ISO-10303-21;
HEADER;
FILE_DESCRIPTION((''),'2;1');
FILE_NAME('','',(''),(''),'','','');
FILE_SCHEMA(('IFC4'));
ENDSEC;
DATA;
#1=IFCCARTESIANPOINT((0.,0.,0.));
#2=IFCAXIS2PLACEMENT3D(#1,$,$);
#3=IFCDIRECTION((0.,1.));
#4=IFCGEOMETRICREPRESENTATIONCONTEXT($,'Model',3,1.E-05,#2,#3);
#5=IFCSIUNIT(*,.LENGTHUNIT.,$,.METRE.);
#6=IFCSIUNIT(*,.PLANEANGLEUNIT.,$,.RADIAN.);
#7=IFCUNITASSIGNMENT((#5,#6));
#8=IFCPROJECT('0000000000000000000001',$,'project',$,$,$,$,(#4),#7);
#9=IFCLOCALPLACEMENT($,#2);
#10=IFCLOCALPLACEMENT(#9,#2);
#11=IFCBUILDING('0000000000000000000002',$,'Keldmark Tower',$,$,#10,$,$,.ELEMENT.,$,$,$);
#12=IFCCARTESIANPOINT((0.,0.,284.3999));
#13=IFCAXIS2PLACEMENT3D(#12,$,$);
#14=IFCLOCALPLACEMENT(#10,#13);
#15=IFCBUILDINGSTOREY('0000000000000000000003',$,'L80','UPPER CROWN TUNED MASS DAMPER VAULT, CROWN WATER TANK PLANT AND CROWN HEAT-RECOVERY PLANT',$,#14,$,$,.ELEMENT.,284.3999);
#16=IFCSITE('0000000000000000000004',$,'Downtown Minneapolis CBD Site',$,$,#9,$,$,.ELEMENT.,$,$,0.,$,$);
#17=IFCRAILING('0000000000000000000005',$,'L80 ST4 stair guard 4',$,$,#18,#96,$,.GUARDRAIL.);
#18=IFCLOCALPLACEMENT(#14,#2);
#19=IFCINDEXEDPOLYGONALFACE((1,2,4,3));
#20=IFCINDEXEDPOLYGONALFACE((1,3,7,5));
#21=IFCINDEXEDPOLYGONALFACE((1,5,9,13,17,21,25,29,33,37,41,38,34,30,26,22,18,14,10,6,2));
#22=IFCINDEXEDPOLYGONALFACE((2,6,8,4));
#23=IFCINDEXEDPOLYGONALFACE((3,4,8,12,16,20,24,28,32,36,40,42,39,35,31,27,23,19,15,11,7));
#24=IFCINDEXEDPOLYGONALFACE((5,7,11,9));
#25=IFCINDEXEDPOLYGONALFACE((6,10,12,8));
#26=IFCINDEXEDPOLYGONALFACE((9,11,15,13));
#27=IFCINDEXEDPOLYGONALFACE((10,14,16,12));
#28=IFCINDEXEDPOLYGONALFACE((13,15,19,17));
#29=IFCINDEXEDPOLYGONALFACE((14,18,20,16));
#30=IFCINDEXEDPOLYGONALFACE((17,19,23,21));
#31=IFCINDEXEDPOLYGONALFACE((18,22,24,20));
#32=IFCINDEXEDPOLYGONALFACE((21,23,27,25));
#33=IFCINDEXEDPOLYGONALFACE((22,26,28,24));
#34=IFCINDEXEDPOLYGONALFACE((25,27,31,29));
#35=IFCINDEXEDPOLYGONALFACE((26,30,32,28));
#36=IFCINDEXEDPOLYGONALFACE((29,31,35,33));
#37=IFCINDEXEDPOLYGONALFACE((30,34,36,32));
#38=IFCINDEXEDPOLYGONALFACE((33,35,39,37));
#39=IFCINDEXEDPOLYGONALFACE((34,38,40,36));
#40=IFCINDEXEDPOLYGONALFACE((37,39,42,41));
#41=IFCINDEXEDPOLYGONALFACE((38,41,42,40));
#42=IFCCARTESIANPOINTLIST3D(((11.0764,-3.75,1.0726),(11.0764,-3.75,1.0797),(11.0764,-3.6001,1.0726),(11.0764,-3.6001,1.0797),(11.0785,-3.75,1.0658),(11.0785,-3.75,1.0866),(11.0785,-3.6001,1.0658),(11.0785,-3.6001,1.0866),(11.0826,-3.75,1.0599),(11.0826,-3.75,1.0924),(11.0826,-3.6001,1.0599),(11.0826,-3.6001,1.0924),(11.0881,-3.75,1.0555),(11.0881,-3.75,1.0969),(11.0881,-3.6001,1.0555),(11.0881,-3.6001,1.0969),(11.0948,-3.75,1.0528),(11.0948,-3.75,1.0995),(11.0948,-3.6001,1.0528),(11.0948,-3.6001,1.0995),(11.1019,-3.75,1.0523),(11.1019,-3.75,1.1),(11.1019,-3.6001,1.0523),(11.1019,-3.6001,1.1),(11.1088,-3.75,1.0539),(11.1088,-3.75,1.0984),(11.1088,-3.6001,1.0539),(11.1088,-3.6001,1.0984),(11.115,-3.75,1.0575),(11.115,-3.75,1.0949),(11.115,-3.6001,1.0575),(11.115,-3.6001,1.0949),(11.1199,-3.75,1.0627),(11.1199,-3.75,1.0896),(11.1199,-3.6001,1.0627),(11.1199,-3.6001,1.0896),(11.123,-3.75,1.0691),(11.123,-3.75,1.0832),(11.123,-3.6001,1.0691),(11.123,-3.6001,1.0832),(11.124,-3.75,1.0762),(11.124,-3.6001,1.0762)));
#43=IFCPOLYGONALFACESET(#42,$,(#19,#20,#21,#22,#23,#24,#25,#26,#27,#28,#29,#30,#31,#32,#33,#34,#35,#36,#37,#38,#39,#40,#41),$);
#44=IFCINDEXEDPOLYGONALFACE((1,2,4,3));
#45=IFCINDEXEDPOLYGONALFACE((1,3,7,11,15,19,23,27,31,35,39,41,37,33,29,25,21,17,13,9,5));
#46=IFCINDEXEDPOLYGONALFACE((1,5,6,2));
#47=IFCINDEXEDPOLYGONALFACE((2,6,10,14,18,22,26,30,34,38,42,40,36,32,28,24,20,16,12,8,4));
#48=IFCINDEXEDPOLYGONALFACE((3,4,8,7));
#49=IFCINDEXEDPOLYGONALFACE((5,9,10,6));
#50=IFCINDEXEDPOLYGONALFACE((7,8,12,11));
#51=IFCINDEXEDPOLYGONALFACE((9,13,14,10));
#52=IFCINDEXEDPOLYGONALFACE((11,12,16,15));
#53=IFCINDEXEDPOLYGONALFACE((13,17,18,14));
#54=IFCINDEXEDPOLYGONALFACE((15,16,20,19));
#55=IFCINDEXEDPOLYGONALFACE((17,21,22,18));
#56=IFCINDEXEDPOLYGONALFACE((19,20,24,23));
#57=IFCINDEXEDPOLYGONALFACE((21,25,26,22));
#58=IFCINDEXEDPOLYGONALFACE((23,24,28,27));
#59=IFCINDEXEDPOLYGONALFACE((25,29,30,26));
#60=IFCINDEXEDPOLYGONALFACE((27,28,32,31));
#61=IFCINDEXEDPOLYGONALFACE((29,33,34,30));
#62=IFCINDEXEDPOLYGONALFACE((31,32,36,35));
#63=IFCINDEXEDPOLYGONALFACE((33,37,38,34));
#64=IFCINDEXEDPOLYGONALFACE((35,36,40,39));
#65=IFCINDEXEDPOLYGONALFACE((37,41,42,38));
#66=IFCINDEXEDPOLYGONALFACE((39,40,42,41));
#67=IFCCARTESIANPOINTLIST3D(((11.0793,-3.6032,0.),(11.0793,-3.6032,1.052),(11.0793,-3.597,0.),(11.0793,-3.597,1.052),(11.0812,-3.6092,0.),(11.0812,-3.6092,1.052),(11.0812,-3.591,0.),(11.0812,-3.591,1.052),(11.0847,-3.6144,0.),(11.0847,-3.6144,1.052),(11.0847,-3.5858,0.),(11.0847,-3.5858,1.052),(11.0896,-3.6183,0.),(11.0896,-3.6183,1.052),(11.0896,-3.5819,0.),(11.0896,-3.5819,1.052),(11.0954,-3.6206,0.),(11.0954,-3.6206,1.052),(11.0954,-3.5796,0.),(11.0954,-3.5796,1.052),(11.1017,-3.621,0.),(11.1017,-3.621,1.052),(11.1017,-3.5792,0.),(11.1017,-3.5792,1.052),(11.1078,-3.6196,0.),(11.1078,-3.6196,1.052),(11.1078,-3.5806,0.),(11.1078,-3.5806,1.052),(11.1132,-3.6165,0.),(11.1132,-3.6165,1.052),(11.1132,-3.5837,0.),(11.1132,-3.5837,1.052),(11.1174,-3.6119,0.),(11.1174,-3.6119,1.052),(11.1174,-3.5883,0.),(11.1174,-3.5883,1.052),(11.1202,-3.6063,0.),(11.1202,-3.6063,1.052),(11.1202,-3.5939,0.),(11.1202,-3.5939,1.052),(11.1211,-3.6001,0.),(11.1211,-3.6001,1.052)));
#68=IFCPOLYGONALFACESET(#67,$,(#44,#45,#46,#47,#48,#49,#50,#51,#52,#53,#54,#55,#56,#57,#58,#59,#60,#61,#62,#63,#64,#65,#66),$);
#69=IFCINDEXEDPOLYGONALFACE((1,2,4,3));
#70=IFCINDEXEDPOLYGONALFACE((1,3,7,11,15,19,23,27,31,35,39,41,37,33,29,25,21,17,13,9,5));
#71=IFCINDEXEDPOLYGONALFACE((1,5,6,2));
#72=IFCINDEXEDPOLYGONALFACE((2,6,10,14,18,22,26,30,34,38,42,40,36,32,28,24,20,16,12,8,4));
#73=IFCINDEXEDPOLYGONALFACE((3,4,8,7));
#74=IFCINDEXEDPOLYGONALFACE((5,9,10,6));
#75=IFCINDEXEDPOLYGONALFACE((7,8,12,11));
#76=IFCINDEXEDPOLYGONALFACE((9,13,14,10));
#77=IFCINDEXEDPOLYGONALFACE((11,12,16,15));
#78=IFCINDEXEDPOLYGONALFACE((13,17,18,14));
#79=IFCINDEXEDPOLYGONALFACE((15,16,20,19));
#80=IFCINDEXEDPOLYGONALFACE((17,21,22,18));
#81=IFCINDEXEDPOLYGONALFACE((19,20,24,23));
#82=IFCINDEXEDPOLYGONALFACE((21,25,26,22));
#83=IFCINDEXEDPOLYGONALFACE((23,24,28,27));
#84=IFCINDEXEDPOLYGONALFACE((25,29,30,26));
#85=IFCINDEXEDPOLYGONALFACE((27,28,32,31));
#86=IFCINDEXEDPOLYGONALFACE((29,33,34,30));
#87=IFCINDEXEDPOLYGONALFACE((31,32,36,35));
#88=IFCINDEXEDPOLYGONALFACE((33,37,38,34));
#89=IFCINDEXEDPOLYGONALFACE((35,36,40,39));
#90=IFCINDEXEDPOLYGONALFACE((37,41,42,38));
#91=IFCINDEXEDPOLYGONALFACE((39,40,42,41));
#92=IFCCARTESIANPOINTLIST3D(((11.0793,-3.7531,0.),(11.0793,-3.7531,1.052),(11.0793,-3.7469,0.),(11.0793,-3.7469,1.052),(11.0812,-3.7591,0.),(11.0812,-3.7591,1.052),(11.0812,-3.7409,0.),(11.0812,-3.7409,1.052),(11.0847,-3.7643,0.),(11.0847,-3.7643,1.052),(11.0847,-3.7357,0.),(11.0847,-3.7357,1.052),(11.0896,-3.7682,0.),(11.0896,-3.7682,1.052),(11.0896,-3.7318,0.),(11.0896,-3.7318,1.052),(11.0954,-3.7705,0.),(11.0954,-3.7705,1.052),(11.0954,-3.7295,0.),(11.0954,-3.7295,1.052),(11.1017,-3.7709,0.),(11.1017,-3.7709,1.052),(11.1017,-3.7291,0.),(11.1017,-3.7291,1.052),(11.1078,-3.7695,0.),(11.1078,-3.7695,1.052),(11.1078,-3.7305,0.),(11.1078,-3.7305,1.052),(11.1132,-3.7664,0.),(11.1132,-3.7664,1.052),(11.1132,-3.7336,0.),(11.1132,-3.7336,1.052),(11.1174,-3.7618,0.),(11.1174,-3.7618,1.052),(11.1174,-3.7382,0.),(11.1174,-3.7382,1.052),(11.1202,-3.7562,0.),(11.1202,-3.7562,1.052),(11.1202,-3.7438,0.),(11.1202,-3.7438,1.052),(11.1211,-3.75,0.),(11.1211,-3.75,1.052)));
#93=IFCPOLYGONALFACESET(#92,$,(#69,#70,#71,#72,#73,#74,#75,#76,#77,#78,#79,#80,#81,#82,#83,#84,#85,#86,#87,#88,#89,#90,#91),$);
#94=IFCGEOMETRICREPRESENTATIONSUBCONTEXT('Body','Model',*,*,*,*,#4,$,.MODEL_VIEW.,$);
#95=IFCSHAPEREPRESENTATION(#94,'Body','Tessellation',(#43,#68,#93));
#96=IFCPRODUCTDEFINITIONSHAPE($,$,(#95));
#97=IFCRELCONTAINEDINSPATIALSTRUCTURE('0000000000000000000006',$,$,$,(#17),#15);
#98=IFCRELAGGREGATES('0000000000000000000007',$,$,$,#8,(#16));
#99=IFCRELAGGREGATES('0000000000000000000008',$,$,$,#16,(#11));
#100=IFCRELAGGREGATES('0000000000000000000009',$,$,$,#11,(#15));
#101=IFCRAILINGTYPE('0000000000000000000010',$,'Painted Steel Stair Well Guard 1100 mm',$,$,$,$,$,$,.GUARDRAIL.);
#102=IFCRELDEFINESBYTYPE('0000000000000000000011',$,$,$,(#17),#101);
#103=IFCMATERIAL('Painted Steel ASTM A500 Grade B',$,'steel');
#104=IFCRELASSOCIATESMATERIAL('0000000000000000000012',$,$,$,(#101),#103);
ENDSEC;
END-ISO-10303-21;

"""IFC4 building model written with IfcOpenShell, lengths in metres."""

from ifc_helpers import new_model, si_unit, direction, frame, origin, origin_2d, place, context, subcontext, project, spatial, circle, extrude, material, type_object, element, save


model = new_model("IFC4")

# Units and contexts
model_context = context("Model", 3, precision=1e-05, world=origin(), true_north=direction((0.0, 1.0)))
body_context = subcontext(model_context, "Body", "Model", "MODEL_VIEW")
ifc_project = project(units=[si_unit("LENGTHUNIT", "METRE"), si_unit("PLANEANGLEUNIT", "RADIAN")], contexts=[model_context])

# Site, building, storey
site_placement = place(None, origin())
site = spatial("IfcSite", under=ifc_project, at=site_placement, Name="Downtown Minneapolis CBD Site", CompositionType="ELEMENT", RefElevation=0.0)
building_placement = place(site_placement, origin())
building = spatial("IfcBuilding", under=site, at=building_placement, Name="Keldmark Tower", CompositionType="ELEMENT")
storey_placement = place(building_placement, frame((0.0, 0.0, 284.3999)))
storey = spatial("IfcBuildingStorey", under=building, at=storey_placement, Name="L80", Description="UPPER CROWN TUNED MASS DAMPER VAULT, CROWN WATER TANK PLANT AND CROWN HEAT-RECOVERY PLANT", CompositionType="ELEMENT", Elevation=284.3999)

# Railing
ifc_material_1 = material(Name="Painted Steel ASTM A500 Grade B", Category="steel")
railing_type_1 = type_object("IfcRailingType", Name="Painted Steel Stair Well Guard 1100 mm", PredefinedType="GUARDRAIL", material=ifc_material_1)
railing_1_placement = place(storey_placement, frame((11.1001, -3.6001, 0.0)))
element("IfcRailing", 1, at=railing_1_placement, inside=storey, type_object=railing_type_1, Name="L80 ST4 stair guard 4", PredefinedType="GUARDRAIL", context=body_context, shape_type="SweptSolid", body=[
    extrude(circle(Radius=0.0239, at=origin_2d()), frame((0.0, 0.0, 1.0762), z_axis=(0.0, -1.0, 0.0), x_axis=(1.0, 0.0, 0.0)), (0.0, 0.0, 1.0), 0.1499),
    extrude(circle(Radius=0.021, at=origin_2d()), origin(), (0.0, 0.0, 1.0), 1.052),
    extrude(circle(Radius=0.021, at=origin_2d()), frame((0.0, -0.1499, 0.0)), (0.0, 0.0, 1.0), 1.052),
])

save(model, "model.ifc")
